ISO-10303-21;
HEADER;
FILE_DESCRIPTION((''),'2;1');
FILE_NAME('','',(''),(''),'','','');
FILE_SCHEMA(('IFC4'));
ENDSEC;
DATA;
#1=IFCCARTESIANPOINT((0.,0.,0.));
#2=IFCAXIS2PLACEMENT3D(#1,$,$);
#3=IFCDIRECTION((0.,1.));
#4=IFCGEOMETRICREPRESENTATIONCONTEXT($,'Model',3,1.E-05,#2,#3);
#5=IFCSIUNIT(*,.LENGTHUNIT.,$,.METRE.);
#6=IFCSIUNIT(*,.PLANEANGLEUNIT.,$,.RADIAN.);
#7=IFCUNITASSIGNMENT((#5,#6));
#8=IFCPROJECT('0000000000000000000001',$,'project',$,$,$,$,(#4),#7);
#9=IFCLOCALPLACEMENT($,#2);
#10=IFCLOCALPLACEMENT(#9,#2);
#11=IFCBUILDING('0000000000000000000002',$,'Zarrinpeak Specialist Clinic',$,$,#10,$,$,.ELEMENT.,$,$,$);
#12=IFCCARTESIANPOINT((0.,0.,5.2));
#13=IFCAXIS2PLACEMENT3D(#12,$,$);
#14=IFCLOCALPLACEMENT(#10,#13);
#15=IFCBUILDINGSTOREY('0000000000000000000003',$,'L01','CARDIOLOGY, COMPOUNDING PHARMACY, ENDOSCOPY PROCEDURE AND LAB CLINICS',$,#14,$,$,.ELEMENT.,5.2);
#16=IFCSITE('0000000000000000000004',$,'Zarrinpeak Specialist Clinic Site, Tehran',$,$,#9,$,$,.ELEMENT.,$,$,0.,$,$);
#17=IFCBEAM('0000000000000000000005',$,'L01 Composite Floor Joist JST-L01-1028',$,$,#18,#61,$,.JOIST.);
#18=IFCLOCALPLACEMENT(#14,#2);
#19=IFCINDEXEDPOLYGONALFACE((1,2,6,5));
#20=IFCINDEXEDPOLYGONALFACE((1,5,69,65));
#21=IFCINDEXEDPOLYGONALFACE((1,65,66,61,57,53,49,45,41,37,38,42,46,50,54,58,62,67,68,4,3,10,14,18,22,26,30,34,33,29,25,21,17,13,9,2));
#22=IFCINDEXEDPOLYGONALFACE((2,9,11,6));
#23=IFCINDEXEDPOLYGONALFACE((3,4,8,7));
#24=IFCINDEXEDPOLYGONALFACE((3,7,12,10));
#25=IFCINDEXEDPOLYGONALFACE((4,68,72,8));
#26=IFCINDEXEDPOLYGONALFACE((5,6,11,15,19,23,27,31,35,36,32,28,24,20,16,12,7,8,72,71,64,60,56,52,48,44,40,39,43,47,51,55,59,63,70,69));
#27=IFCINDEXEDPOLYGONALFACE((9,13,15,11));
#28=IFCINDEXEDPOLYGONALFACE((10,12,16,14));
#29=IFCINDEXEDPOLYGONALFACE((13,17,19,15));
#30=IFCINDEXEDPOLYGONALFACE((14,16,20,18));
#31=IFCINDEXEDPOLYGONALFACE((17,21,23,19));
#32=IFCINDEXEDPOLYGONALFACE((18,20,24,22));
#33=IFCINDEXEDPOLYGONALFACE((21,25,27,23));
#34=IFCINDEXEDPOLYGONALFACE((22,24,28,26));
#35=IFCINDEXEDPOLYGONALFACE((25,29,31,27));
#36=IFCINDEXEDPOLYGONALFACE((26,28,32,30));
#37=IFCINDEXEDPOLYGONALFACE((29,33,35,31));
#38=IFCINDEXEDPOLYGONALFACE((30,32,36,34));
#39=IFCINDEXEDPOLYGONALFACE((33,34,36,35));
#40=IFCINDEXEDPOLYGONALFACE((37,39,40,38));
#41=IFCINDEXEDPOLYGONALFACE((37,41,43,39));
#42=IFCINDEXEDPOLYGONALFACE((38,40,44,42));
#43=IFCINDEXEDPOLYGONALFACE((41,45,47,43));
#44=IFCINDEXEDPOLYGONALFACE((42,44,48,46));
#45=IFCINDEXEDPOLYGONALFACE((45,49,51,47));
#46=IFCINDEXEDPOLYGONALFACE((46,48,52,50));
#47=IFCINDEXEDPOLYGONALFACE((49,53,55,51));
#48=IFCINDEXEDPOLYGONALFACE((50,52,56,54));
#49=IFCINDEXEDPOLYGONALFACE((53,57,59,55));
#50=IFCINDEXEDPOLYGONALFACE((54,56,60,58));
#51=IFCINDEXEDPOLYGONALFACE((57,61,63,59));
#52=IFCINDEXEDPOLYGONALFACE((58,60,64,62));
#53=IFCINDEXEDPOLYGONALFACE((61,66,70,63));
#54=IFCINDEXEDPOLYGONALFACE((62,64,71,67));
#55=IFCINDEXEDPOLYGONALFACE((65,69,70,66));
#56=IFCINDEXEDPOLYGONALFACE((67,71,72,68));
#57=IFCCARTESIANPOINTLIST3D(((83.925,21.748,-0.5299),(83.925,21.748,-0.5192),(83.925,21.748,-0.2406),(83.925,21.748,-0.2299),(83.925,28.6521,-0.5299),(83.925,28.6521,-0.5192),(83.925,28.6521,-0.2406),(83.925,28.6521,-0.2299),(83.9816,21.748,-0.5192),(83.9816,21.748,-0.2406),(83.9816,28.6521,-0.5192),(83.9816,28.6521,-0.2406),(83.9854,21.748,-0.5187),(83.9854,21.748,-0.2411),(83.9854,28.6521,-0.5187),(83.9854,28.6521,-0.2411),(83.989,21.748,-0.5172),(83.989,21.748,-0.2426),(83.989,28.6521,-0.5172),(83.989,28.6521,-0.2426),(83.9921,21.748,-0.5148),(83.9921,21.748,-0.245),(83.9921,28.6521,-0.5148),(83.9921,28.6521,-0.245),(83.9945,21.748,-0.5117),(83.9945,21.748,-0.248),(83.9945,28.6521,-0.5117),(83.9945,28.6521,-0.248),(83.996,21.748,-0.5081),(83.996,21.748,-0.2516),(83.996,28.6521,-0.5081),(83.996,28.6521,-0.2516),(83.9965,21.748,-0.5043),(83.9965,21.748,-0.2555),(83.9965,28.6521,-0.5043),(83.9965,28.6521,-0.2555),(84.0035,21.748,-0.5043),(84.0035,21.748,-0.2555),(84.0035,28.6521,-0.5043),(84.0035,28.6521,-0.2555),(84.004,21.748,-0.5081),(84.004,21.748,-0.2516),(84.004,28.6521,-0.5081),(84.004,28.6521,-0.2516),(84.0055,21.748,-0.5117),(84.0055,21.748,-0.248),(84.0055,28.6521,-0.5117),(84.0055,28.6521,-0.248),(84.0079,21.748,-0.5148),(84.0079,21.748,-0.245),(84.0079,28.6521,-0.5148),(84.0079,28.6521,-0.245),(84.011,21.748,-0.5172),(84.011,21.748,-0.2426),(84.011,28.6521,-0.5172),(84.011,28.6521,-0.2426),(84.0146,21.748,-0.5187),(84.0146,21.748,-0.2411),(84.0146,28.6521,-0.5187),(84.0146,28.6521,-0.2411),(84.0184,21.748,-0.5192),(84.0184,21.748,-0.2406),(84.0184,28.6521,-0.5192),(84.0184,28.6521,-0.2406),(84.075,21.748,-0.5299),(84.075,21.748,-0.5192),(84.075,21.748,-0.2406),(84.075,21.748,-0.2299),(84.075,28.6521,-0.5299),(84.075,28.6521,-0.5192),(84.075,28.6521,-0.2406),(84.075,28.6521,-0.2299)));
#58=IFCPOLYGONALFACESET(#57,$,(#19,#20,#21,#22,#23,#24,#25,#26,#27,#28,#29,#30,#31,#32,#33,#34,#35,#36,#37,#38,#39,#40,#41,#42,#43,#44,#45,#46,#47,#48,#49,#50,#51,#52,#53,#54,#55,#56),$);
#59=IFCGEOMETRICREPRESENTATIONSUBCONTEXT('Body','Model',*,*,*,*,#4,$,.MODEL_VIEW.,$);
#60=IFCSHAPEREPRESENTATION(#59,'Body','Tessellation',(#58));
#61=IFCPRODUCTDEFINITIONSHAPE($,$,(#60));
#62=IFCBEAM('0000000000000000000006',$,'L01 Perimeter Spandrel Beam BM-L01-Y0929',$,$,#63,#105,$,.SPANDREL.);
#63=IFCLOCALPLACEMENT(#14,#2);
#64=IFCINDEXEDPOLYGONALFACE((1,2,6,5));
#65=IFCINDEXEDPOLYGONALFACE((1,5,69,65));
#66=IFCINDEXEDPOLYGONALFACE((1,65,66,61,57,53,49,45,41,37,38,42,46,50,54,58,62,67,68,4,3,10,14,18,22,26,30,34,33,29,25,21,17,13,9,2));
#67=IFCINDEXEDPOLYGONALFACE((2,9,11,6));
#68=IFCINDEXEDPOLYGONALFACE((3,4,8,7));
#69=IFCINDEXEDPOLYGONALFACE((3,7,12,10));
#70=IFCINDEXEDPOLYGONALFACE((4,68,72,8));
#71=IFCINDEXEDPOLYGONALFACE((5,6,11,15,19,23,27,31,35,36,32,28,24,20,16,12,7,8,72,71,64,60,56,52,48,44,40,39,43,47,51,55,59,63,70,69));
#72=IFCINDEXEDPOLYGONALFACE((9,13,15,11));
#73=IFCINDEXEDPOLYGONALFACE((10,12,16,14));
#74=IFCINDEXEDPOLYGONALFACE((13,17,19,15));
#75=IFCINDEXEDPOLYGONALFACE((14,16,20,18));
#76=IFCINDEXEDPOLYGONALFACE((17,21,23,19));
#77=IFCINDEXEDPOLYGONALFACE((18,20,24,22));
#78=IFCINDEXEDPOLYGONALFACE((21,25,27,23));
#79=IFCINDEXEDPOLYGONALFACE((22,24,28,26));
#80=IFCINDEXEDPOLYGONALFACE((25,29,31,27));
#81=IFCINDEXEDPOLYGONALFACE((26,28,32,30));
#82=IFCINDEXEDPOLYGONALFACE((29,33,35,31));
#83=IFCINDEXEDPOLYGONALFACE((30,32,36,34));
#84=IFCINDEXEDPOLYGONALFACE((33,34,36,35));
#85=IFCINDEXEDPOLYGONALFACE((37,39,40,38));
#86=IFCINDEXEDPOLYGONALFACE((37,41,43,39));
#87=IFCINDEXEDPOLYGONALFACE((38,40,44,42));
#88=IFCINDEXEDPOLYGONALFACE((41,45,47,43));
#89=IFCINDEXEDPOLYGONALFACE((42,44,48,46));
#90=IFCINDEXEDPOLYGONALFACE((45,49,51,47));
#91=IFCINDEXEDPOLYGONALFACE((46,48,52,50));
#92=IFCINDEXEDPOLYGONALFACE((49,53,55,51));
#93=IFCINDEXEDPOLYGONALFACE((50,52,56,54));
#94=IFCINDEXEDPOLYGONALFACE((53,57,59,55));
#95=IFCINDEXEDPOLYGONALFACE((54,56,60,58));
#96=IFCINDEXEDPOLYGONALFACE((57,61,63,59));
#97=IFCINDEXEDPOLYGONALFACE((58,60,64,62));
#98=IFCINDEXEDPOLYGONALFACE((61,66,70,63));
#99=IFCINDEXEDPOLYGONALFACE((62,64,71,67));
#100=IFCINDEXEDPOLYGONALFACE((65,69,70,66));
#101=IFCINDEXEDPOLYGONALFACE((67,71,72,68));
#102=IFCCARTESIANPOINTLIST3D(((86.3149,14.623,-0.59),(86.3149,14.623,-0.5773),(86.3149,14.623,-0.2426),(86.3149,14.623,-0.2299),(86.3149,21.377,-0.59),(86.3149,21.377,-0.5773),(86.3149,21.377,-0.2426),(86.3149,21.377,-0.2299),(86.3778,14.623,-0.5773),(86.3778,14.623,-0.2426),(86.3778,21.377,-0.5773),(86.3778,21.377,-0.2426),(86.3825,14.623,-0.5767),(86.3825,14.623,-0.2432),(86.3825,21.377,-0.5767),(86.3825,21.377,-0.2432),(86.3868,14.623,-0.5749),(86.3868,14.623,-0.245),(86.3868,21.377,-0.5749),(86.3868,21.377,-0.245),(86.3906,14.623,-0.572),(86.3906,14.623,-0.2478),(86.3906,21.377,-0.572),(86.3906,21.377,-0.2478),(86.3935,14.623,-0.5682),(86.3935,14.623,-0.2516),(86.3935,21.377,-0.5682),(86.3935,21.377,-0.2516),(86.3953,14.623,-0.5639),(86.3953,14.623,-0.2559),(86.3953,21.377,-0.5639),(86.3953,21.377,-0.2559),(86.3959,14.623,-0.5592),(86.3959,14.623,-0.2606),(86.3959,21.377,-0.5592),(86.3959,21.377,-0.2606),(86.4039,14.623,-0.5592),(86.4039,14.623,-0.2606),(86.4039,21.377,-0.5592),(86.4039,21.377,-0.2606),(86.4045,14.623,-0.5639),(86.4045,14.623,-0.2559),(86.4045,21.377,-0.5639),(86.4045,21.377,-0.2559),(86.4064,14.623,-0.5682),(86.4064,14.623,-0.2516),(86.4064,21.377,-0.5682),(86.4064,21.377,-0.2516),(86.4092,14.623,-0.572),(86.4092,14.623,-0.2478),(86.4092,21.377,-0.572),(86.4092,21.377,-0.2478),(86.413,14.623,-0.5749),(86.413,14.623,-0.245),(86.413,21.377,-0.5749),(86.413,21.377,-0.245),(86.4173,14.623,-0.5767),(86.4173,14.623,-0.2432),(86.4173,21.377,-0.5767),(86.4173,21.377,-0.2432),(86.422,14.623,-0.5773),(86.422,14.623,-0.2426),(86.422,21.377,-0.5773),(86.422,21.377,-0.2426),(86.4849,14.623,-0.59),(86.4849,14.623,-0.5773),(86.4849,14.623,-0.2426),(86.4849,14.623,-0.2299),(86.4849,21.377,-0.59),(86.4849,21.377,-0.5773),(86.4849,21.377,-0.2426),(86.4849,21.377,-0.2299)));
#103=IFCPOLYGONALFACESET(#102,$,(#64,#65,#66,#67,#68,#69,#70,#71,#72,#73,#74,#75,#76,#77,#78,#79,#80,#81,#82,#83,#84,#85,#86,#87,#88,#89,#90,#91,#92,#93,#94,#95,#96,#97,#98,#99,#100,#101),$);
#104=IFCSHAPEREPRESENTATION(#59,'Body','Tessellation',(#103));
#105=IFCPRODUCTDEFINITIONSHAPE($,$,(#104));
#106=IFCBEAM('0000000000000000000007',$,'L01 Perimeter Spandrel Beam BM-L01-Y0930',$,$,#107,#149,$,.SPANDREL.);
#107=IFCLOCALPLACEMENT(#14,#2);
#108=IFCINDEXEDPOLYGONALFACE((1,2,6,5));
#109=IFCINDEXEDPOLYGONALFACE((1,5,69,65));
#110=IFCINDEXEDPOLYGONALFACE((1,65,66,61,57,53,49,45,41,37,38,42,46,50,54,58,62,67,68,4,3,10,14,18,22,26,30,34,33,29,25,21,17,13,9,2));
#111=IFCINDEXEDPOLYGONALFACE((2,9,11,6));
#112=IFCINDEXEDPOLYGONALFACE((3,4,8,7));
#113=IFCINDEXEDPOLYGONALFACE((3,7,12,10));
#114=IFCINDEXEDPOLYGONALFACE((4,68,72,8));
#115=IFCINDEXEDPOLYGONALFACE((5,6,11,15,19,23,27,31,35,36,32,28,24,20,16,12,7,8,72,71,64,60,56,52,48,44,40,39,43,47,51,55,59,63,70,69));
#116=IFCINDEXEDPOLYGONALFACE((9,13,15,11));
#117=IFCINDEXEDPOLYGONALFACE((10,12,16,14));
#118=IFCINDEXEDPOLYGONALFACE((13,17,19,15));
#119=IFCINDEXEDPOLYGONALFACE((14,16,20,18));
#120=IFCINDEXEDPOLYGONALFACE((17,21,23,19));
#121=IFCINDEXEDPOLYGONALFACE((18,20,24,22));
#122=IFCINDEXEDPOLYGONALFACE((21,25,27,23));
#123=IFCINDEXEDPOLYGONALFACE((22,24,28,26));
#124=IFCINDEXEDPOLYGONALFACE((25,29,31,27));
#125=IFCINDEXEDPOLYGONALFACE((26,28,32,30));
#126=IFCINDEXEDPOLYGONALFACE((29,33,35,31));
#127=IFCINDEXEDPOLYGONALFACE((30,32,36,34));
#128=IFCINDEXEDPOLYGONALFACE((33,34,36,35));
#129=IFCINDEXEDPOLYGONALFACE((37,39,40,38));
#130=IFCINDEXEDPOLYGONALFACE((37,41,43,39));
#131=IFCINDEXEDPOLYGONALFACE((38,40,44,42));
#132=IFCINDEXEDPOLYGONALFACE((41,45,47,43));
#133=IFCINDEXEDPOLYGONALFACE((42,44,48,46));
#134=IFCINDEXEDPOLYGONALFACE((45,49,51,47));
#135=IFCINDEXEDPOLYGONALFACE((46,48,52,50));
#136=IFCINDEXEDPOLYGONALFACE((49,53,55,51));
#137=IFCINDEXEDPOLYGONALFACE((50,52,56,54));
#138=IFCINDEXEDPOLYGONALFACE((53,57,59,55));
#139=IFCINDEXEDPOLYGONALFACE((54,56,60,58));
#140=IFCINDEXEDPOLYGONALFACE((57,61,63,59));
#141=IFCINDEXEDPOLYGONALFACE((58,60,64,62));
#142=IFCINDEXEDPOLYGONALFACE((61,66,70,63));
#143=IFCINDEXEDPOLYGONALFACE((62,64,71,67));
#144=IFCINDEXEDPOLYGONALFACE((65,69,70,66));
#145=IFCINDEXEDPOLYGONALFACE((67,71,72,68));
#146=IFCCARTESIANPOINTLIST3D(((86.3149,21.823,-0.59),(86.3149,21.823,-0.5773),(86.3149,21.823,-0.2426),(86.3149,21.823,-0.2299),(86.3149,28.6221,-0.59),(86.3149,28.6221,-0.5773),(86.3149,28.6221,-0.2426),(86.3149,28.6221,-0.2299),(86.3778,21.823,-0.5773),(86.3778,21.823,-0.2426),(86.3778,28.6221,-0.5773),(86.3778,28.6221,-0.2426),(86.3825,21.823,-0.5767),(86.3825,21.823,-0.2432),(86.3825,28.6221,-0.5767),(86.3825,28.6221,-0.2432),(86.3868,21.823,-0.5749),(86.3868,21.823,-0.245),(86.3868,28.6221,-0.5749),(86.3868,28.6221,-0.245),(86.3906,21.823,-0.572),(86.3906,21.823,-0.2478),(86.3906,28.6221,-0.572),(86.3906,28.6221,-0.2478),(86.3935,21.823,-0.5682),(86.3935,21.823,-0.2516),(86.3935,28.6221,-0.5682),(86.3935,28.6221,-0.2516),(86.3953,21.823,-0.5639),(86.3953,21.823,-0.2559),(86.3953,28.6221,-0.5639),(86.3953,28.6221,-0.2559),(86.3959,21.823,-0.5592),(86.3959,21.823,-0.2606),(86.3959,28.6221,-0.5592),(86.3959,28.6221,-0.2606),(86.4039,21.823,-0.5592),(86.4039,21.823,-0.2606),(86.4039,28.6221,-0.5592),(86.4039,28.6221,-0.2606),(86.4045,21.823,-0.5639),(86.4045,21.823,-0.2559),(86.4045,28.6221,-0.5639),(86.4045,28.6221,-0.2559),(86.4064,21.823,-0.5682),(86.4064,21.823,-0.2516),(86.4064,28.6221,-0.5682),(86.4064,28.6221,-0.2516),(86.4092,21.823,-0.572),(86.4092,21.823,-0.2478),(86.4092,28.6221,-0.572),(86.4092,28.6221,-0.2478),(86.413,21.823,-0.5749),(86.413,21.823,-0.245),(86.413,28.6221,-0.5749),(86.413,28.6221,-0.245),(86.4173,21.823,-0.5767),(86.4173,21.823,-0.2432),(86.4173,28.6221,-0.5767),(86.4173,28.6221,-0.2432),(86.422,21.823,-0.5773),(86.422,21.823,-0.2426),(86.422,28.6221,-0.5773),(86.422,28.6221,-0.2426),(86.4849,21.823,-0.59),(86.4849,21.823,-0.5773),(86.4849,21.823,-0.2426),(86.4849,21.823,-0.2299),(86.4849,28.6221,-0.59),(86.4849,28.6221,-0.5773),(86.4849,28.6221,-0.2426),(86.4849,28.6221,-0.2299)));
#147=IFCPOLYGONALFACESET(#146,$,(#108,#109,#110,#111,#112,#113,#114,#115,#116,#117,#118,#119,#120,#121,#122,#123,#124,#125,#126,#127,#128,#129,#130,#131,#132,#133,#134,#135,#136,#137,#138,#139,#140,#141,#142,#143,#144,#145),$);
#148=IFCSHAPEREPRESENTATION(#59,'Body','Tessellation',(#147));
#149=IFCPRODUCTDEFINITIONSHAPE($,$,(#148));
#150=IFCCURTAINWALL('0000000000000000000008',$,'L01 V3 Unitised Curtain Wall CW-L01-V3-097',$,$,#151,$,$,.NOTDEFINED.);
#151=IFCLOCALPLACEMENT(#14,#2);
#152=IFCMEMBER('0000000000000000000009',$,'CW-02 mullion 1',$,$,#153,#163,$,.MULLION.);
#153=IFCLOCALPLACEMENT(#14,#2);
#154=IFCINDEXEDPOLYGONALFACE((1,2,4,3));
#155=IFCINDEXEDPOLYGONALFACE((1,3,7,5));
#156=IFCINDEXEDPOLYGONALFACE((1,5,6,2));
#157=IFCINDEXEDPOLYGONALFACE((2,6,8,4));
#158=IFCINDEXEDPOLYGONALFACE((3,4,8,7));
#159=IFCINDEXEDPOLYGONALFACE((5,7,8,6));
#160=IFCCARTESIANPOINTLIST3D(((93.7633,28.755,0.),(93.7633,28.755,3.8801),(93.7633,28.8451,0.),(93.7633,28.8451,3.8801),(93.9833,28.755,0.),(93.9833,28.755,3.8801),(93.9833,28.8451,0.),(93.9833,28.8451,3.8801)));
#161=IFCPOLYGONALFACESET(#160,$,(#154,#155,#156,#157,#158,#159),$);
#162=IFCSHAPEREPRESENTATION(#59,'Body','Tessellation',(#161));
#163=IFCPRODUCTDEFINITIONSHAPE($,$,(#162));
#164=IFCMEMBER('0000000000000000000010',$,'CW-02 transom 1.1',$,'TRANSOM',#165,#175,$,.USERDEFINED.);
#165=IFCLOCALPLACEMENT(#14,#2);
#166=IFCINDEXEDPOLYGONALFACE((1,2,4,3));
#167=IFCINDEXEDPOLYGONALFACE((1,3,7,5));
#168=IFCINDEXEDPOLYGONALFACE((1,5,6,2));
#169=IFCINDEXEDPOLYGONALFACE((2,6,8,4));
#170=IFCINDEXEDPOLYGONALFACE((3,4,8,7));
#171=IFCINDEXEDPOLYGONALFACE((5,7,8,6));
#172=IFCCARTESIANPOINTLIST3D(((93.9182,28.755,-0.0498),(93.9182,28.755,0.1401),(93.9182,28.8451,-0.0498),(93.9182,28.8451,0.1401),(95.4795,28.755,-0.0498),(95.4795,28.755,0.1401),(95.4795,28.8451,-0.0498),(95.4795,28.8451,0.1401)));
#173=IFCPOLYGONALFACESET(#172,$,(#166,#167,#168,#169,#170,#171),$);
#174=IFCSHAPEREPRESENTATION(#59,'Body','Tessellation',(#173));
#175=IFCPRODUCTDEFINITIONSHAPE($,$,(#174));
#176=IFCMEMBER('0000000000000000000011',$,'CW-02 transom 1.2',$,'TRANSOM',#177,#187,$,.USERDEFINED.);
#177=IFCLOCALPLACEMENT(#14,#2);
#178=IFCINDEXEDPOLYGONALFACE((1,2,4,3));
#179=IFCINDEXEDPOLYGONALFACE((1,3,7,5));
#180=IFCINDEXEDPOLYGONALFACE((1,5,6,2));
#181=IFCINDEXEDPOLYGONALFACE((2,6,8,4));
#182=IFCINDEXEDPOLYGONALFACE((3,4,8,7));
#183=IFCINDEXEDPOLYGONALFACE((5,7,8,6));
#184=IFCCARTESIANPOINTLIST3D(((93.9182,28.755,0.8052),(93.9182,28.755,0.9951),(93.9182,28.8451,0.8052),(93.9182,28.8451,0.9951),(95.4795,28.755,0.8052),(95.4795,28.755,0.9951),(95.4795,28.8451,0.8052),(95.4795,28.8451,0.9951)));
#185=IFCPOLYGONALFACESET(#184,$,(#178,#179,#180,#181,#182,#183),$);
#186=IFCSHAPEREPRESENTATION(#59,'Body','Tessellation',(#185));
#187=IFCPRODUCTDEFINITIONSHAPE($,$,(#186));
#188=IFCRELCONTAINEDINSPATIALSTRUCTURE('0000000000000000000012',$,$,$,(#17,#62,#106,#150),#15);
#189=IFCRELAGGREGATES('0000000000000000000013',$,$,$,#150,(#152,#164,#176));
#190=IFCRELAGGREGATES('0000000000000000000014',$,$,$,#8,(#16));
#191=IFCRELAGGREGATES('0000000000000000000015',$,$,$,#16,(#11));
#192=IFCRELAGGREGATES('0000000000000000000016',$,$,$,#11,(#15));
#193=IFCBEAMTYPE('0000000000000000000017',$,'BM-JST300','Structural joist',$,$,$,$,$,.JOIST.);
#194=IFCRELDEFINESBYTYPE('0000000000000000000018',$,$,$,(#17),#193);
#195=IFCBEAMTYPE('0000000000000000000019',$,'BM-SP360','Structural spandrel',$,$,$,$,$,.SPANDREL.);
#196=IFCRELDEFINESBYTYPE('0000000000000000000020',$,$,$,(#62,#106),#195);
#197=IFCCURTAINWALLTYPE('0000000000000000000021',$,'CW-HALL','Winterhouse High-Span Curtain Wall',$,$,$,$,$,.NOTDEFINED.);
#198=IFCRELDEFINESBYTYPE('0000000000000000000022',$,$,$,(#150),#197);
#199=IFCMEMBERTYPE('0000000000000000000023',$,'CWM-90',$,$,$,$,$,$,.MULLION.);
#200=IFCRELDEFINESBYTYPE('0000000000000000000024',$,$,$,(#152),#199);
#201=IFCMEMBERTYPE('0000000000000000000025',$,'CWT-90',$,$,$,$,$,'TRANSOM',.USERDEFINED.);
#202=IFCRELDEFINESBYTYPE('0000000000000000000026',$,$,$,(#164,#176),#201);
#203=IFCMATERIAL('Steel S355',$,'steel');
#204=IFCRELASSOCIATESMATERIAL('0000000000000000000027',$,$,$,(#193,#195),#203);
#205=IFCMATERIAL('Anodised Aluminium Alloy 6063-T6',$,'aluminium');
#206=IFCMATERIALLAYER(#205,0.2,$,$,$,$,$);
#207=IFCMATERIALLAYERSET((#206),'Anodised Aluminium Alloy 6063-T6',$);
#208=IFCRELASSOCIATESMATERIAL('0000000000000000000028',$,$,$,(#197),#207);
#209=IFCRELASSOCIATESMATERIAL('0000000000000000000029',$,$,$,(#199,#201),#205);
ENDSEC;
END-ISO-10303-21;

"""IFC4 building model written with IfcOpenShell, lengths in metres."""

from ifc_helpers import new_model, si_unit, direction, frame, origin, origin_2d, place, context, subcontext, project, spatial, rectangle, i_section, extrude, material, layer, layer_set, material_profile, profile_set, type_object, element, aggregate, save


model = new_model("IFC4")

# Units and contexts
model_context = context("Model", 3, precision=1e-05, world=origin(), true_north=direction((0.0, 1.0)))
body_context = subcontext(model_context, "Body", "Model", "MODEL_VIEW")
ifc_project = project(units=[si_unit("LENGTHUNIT", "METRE"), si_unit("PLANEANGLEUNIT", "RADIAN")], contexts=[model_context])

# Site, building, storey
site_placement = place(None, origin())
site = spatial("IfcSite", under=ifc_project, at=site_placement, Name="Zarrinpeak Specialist Clinic Site, Tehran", CompositionType="ELEMENT", RefElevation=0.0)
building_placement = place(site_placement, origin())
building = spatial("IfcBuilding", under=site, at=building_placement, Name="Zarrinpeak Specialist Clinic", CompositionType="ELEMENT")
storey_placement = place(building_placement, frame((0.0, 0.0, 5.2)))
storey = spatial("IfcBuildingStorey", under=building, at=storey_placement, Name="L01", Description="CARDIOLOGY, COMPOUNDING PHARMACY, ENDOSCOPY PROCEDURE AND LAB CLINICS", CompositionType="ELEMENT", Elevation=5.2)

# Shared definitions
ifc_material_1 = material(Name="Steel S355", Category="steel")

# Beams
ifc_material_profile_1 = material_profile(ifc_material_1, i_section(OverallWidth=0.1499, OverallDepth=0.3, WebThickness=0.0071, FlangeThickness=0.0107, FilletRadius=0.0149, at=origin_2d()), Name="IPE 300")
ifc_profile_set_1 = profile_set([ifc_material_profile_1], Name="Steel S355")
beam_type_1 = type_object("IfcBeamType", Name="BM-JST300", Description="Structural joist", PredefinedType="JOIST", material=ifc_profile_set_1)
for number, where, z_axis, x_axis, name in (
    (1, (84.0, 21.748, -0.3799), (0.0, 1.0, 0.0), (-1.0, 0.0, 0.0), "L01 Composite Floor Joist JST-L01-1028"),
):
    element("IfcBeam", number, at=place(storey_placement, frame(where, z_axis=z_axis, x_axis=x_axis)), inside=storey, type_object=beam_type_1, Name=name, PredefinedType="JOIST", context=body_context, shape_type="SweptSolid", body=[
        extrude(i_section(OverallWidth=0.1499, OverallDepth=0.3, WebThickness=0.0071, FlangeThickness=0.0107, FilletRadius=0.0149, at=origin_2d()), origin(), (0.0, 0.0, 1.0), 6.9041),
    ])
ifc_material_profile_2 = material_profile(ifc_material_1, i_section(OverallWidth=0.1699, OverallDepth=0.3601, WebThickness=0.0081, FlangeThickness=0.0127, FilletRadius=0.0181, at=origin_2d()), Name="IPE 360")
ifc_profile_set_2 = profile_set([ifc_material_profile_2], Name="Steel S355")
beam_type_2 = type_object("IfcBeamType", Name="BM-SP360", Description="Structural spandrel", PredefinedType="SPANDREL", material=ifc_profile_set_2)
beam_1_placement = place(storey_placement, frame((86.3999, 14.623, -0.4099), z_axis=(0.0, 1.0, 0.0), x_axis=(-1.0, 0.0, 0.0)))
element("IfcBeam", 2, at=beam_1_placement, inside=storey, type_object=beam_type_2, Name="L01 Perimeter Spandrel Beam BM-L01-Y0929", PredefinedType="SPANDREL", context=body_context, shape_type="SweptSolid", body=[
    extrude(i_section(OverallWidth=0.1699, OverallDepth=0.3601, WebThickness=0.0081, FlangeThickness=0.0127, FilletRadius=0.0181, at=origin_2d()), origin(), (0.0, 0.0, 1.0), 6.7539),
])
beam_2_placement = place(storey_placement, frame((86.3999, 21.823, -0.4099), z_axis=(0.0, 1.0, 0.0), x_axis=(-1.0, 0.0, 0.0)))
element("IfcBeam", 3, at=beam_2_placement, inside=storey, type_object=beam_type_2, Name="L01 Perimeter Spandrel Beam BM-L01-Y0930", PredefinedType="SPANDREL", context=body_context, shape_type="SweptSolid", body=[
    extrude(i_section(OverallWidth=0.1699, OverallDepth=0.3601, WebThickness=0.0081, FlangeThickness=0.0127, FilletRadius=0.0181, at=origin_2d()), origin(), (0.0, 0.0, 1.0), 6.7991),
])

# Curtain wall, members
ifc_material_2 = material(Name="Anodised Aluminium Alloy 6063-T6", Category="aluminium")
ifc_layer_1 = layer(ifc_material_2, 0.2)
ifc_layer_set_1 = layer_set([ifc_layer_1], Name="Anodised Aluminium Alloy 6063-T6")
curtain_wall_type = type_object("IfcCurtainWallType", Name="CW-HALL", Description="Winterhouse High-Span Curtain Wall", PredefinedType="NOTDEFINED", material=ifc_layer_set_1)
curtain_wall_placement = place(storey_placement, origin())
curtain_wall = element("IfcCurtainWall", 4, at=curtain_wall_placement, inside=storey, type_object=curtain_wall_type, Name="L01 V3 Unitised Curtain Wall CW-L01-V3-097", PredefinedType="NOTDEFINED")
ifc_material_profile_3 = material_profile(ifc_material_2, rectangle(XDim=0.0901, YDim=0.22, at=origin_2d()), Name="ALU 90x220")
ifc_profile_set_3 = profile_set([ifc_material_profile_3], Name="Anodised Aluminium Alloy 6063-T6")
member_type_1 = type_object("IfcMemberType", Name="CWM-90", PredefinedType="MULLION", material=ifc_profile_set_3)
member_1_placement = place(storey_placement, frame((93.8733, 28.8, 0.0), z_axis=(0.0, 0.0, 1.0), x_axis=(0.0, 1.0, 0.0)))
member_1 = element("IfcMember", 5, at=member_1_placement, type_object=member_type_1, Name="CW-02 mullion 1", PredefinedType="MULLION", context=body_context, shape_type="SweptSolid", body=[
    extrude(rectangle(XDim=0.0901, YDim=0.22, at=origin_2d()), origin(), (0.0, 0.0, 1.0), 3.8801),
])
ifc_material_profile_4 = material_profile(ifc_material_2, rectangle(XDim=0.0901, YDim=0.1899, at=origin_2d()), Name="ALU 90x190")
ifc_profile_set_4 = profile_set([ifc_material_profile_4], Name="Anodised Aluminium Alloy 6063-T6")
member_type_2 = type_object("IfcMemberType", Name="CWT-90", ElementType="TRANSOM", PredefinedType="USERDEFINED", material=ifc_profile_set_4)
member_2_placement = place(storey_placement, frame((93.9182, 28.8, 0.0452), z_axis=(1.0, 0.0, 0.0), x_axis=(0.0, 1.0, 0.0)))
member_2 = element("IfcMember", 6, at=member_2_placement, type_object=member_type_2, Name="CW-02 transom 1.1", ObjectType="TRANSOM", PredefinedType="USERDEFINED", context=body_context, shape_type="SweptSolid", body=[
    extrude(rectangle(XDim=0.0901, YDim=0.1899, at=origin_2d()), origin(), (0.0, 0.0, 1.0), 1.5613),
])
member_3_placement = place(storey_placement, frame((93.9182, 28.8, 0.9001), z_axis=(1.0, 0.0, 0.0), x_axis=(0.0, 1.0, 0.0)))
member_3 = element("IfcMember", 7, at=member_3_placement, type_object=member_type_2, Name="CW-02 transom 1.2", ObjectType="TRANSOM", PredefinedType="USERDEFINED", context=body_context, shape_type="SweptSolid", body=[
    extrude(rectangle(XDim=0.0901, YDim=0.1899, at=origin_2d()), origin(), (0.0, 0.0, 1.0), 1.5613),
])
aggregate(curtain_wall, [member_1, member_2, member_3])

save(model, "model.ifc")
